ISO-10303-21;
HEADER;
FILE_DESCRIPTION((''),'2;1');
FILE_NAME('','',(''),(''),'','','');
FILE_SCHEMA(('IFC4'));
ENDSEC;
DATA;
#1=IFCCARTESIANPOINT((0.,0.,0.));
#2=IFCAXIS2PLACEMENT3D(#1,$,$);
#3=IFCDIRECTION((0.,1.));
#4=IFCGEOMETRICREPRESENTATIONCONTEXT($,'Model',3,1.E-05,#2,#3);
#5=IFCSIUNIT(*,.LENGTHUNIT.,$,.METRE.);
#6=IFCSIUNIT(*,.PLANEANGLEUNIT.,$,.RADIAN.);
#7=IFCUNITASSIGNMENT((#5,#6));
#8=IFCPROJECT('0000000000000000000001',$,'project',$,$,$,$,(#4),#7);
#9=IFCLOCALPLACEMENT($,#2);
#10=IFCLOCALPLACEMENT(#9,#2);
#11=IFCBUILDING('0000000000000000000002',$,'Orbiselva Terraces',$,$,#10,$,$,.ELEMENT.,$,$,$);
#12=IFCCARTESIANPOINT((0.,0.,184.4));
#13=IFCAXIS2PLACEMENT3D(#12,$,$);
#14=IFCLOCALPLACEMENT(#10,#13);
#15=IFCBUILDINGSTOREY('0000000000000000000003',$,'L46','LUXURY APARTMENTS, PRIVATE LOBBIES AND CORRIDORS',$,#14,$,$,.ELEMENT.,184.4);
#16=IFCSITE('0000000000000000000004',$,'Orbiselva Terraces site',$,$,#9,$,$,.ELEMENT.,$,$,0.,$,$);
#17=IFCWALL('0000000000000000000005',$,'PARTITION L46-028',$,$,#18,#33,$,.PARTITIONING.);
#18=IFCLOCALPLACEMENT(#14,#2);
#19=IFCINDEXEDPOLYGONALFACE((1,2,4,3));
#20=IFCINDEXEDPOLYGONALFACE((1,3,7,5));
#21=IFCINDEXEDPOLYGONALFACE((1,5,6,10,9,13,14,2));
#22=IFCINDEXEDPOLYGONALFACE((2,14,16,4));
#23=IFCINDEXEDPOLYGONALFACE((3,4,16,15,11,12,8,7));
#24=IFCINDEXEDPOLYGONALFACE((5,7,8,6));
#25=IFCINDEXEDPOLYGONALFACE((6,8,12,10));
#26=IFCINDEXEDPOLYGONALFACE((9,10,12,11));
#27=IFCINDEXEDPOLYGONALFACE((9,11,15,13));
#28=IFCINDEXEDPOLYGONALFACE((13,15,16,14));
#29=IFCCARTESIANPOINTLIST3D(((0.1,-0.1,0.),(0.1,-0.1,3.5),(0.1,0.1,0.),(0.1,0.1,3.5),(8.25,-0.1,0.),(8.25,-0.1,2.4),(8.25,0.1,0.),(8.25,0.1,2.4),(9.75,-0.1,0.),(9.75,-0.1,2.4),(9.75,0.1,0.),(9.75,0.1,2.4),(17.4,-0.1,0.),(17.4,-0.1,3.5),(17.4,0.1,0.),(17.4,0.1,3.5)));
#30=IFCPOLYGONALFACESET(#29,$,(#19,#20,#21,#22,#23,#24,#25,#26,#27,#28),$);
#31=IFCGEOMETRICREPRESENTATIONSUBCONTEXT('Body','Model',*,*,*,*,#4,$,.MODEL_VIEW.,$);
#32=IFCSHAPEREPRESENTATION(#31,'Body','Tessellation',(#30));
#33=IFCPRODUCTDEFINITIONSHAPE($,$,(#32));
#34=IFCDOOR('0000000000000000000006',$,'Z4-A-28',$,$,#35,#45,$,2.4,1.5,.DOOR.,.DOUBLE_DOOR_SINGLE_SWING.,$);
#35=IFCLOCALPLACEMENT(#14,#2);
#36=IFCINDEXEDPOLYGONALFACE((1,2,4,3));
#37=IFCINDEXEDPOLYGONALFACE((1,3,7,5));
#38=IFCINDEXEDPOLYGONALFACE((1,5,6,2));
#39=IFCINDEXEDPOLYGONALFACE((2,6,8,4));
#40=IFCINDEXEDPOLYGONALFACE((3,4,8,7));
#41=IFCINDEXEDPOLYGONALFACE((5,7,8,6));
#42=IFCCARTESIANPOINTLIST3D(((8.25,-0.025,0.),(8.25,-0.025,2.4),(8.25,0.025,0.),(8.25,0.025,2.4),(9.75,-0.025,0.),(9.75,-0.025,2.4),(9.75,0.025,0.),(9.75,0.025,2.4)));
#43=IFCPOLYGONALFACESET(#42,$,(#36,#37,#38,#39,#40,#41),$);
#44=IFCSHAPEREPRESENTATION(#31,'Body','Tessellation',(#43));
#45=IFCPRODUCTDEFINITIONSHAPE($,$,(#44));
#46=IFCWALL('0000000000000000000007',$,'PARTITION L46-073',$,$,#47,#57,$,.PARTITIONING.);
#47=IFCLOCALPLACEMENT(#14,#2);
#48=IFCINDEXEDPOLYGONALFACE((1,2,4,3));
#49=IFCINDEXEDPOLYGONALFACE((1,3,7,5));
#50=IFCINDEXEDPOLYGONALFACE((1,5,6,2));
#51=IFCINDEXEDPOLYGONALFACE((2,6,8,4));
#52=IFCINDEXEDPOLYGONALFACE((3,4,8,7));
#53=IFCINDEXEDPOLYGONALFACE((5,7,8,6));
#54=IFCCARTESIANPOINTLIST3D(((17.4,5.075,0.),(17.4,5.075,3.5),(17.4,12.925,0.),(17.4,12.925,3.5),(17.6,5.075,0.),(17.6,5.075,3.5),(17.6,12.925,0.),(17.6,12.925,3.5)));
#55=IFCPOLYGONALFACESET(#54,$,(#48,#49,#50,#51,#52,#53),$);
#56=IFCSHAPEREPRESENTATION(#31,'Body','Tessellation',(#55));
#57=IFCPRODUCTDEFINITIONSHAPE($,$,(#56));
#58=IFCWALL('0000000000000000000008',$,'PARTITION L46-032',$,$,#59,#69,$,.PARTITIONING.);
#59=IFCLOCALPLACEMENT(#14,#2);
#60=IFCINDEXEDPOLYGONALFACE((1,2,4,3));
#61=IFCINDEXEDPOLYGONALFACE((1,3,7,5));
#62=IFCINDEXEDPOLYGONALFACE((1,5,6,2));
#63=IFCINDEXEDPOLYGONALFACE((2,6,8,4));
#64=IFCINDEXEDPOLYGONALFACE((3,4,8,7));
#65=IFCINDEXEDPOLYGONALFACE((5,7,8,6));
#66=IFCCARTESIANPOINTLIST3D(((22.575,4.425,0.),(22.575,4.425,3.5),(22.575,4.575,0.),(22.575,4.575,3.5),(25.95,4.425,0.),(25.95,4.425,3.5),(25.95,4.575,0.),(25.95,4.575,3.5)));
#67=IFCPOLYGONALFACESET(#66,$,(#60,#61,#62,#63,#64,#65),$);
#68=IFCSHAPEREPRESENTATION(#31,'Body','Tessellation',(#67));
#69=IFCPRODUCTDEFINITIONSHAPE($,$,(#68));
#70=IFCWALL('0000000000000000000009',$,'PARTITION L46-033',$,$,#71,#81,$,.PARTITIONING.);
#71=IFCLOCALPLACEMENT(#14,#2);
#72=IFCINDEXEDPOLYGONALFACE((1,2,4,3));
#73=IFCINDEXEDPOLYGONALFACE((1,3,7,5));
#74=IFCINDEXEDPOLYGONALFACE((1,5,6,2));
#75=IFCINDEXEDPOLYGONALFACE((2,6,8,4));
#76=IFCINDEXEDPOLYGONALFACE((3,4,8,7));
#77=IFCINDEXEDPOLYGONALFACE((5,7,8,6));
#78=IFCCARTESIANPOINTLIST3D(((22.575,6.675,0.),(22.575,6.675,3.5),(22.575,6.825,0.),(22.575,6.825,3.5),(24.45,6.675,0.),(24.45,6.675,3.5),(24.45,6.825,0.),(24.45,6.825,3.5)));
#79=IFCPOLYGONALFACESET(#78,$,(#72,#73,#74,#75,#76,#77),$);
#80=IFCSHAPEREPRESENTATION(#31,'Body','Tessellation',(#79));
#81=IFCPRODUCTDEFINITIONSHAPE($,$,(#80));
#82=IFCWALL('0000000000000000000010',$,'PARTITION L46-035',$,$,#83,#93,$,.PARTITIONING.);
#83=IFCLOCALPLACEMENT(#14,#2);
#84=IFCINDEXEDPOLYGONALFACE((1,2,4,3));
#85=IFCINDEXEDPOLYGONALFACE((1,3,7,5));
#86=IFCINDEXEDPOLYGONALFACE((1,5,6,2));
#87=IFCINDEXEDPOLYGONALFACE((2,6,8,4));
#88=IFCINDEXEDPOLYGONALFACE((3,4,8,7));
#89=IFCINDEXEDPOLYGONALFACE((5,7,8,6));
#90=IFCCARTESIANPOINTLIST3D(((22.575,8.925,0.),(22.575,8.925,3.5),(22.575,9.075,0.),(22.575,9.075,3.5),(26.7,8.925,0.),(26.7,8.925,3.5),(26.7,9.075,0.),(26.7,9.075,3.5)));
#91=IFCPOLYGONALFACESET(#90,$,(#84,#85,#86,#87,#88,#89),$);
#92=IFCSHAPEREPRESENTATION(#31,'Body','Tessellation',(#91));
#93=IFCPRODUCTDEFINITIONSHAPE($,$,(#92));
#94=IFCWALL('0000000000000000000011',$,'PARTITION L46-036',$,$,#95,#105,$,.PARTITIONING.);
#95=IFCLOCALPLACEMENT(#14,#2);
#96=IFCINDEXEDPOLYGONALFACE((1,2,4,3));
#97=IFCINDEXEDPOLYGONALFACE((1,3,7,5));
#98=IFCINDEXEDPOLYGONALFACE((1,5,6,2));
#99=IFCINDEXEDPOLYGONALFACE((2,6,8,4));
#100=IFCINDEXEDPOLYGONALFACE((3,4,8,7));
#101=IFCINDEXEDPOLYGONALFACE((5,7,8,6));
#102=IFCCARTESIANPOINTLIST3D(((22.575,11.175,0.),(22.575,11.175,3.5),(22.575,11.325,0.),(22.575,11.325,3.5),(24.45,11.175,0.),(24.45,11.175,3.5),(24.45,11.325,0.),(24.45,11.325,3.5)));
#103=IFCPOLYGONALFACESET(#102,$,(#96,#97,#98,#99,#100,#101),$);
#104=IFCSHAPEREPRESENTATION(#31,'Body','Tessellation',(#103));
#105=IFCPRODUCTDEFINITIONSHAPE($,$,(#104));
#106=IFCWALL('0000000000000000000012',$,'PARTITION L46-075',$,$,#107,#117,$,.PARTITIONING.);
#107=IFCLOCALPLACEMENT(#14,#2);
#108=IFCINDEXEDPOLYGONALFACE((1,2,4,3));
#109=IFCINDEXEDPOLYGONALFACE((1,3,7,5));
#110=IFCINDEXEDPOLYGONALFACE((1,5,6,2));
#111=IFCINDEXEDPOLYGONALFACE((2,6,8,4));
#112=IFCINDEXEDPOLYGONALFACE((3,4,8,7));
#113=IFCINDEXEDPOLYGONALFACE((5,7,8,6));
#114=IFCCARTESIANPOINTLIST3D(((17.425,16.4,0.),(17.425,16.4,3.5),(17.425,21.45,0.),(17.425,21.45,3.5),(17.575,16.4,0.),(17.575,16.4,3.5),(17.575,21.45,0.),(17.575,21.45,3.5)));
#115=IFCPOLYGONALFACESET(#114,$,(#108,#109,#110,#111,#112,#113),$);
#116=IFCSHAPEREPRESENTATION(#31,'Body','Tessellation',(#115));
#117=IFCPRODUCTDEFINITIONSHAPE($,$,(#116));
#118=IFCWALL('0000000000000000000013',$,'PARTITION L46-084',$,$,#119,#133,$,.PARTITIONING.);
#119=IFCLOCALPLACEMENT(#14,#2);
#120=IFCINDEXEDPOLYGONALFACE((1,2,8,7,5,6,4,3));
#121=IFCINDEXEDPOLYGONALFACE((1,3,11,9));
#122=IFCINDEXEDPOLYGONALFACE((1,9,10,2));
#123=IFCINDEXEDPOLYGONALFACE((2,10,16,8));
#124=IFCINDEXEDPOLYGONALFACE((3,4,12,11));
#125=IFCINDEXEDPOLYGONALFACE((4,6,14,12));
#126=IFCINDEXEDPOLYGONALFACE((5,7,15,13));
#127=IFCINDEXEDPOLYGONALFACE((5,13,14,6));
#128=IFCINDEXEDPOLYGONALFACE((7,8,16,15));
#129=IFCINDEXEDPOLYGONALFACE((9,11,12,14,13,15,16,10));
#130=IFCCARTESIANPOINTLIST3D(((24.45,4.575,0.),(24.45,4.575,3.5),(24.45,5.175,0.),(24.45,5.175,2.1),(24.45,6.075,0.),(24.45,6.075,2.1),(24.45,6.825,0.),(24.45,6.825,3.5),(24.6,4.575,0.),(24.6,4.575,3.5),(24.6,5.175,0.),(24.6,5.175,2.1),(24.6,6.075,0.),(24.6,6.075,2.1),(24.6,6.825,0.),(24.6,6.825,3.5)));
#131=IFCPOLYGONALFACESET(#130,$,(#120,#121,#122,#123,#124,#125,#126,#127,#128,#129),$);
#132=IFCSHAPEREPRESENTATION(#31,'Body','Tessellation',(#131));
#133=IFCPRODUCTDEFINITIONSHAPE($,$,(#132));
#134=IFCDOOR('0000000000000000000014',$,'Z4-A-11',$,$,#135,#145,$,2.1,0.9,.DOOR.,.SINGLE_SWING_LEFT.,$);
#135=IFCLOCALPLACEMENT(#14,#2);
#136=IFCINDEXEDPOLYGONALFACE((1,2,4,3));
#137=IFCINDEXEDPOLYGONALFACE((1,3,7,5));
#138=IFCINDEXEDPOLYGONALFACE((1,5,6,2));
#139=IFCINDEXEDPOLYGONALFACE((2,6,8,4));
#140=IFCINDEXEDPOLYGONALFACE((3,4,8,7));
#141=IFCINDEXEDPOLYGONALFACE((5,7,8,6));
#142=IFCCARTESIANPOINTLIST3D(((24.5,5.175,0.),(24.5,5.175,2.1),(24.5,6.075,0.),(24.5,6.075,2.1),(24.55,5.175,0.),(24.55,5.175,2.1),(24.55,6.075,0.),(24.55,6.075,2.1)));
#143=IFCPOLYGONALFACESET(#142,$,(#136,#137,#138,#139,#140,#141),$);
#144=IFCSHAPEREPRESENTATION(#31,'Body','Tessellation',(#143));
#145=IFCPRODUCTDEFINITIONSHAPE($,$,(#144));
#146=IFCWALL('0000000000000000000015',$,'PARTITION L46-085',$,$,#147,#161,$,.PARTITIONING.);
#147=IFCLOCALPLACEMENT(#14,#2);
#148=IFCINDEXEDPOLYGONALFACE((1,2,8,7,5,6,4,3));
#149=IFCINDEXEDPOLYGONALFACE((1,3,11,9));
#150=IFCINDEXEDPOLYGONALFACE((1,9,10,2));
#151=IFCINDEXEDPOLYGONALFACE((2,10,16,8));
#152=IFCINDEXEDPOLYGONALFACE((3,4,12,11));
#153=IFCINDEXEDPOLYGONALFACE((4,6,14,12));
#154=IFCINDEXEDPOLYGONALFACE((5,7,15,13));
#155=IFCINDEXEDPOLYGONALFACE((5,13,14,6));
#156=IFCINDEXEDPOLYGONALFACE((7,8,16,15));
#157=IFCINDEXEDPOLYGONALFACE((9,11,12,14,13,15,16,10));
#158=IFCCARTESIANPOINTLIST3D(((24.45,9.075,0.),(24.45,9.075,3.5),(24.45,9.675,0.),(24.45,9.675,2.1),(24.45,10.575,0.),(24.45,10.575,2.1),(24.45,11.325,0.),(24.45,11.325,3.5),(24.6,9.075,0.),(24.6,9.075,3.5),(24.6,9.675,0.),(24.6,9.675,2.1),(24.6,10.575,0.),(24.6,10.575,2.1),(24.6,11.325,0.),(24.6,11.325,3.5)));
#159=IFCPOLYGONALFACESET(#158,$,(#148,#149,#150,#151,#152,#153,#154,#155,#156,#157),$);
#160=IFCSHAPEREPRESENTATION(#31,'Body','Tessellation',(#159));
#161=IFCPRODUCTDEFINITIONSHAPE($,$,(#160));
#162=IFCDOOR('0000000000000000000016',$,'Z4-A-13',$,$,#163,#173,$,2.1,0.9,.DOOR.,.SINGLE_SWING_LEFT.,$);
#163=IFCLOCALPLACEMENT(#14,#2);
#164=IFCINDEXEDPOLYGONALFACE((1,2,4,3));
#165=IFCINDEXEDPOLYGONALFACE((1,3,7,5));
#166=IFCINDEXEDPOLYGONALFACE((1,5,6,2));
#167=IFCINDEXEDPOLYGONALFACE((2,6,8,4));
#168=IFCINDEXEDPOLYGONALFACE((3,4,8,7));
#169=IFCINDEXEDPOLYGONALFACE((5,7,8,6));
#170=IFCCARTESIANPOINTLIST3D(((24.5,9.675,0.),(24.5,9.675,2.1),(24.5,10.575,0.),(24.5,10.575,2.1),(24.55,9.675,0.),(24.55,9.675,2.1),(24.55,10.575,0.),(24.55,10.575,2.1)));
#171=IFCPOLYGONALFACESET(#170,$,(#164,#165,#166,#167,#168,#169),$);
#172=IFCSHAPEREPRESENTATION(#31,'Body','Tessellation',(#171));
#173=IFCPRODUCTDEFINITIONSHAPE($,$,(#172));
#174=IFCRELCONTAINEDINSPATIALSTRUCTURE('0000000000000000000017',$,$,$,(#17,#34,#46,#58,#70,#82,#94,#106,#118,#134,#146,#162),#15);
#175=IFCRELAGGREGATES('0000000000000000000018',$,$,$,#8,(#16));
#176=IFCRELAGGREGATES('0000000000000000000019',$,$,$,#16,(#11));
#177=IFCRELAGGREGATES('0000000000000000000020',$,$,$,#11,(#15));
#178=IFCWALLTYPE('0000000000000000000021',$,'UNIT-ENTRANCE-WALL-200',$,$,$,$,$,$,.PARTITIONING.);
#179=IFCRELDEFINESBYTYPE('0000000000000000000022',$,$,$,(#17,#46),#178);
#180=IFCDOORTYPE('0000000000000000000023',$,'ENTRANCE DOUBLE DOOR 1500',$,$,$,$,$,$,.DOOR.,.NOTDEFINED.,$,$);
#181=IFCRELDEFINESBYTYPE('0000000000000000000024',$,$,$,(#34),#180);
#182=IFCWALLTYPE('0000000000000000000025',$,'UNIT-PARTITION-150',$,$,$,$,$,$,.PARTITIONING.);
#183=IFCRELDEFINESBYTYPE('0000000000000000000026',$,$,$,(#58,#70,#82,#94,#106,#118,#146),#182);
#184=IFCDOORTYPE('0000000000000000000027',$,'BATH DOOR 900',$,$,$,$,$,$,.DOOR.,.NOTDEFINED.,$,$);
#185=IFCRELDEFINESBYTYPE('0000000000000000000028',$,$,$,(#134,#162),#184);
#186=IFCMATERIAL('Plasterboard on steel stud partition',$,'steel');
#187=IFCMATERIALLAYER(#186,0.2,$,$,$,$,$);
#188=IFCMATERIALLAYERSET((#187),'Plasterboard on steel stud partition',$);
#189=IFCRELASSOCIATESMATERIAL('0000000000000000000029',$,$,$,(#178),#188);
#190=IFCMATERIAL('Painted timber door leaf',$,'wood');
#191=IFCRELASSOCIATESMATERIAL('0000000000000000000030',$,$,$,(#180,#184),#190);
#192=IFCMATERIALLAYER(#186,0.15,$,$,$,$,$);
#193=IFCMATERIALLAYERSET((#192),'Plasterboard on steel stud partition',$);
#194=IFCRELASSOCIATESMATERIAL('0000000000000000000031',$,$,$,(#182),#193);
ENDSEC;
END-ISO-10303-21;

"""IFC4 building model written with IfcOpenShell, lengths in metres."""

from ifc_helpers import new_model, si_unit, direction, frame, frame_2d, origin, place, context, subcontext, project, spatial, rectangle, extrude, material, layer, layer_set, type_object, element, fill, save


model = new_model("IFC4")

# Units and contexts
model_context = context("Model", 3, precision=1e-05, world=origin(), true_north=direction((0.0, 1.0)))
body_context = subcontext(model_context, "Body", "Model", "MODEL_VIEW")
ifc_project = project(units=[si_unit("LENGTHUNIT", "METRE"), si_unit("PLANEANGLEUNIT", "RADIAN")], contexts=[model_context])

# Site, building, storey
site_placement = place(None, origin())
site = spatial("IfcSite", under=ifc_project, at=site_placement, Name="Orbiselva Terraces site", CompositionType="ELEMENT", RefElevation=0.0)
building_placement = place(site_placement, origin())
building = spatial("IfcBuilding", under=site, at=building_placement, Name="Orbiselva Terraces", CompositionType="ELEMENT")
storey_placement = place(building_placement, frame((0.0, 0.0, 184.4)))
storey = spatial("IfcBuildingStorey", under=building, at=storey_placement, Name="L46", Description="LUXURY APARTMENTS, PRIVATE LOBBIES AND CORRIDORS", CompositionType="ELEMENT", Elevation=184.4)

# Wall, opening, door
ifc_material_1 = material(Name="Plasterboard on steel stud partition", Category="steel")
ifc_layer_1 = layer(ifc_material_1, 0.2)
ifc_layer_set_1 = layer_set([ifc_layer_1], Name="Plasterboard on steel stud partition")
wall_type_1 = type_object("IfcWallType", Name="UNIT-ENTRANCE-WALL-200", PredefinedType="PARTITIONING", material=ifc_layer_set_1)
wall_1_placement = place(storey_placement, frame((17.4, 0.0, 0.0), z_axis=(0.0, 0.0, 1.0), x_axis=(-1.0, 0.0, 0.0)))
wall_1 = element("IfcWall", 1, at=wall_1_placement, inside=storey, type_object=wall_type_1, Name="PARTITION L46-028", PredefinedType="PARTITIONING", context=body_context, shape_type="SweptSolid", body=[
    extrude(rectangle(XDim=17.3, YDim=0.2, at=frame_2d((8.65, 0.0))), origin(), (0.0, 0.0, 1.0), 3.5),
])
opening_1_placement = place(wall_1_placement, frame((7.65, 0.0, 0.0)))
opening_1 = element("IfcOpeningElement", 2, at=opening_1_placement, cuts=wall_1, PredefinedType="OPENING", context=body_context, shape_type="SweptSolid", body=[
    extrude(rectangle(XDim=1.5, YDim=2.4, at=frame_2d((0.75, 1.2))), frame((0.0, 0.11, 0.0), z_axis=(0.0, -1.0, 0.0), x_axis=(1.0, 0.0, 0.0)), (0.0, 0.0, 1.0), 0.22),
])
ifc_material_2 = material(Name="Painted timber door leaf", Category="wood")
door_type_1 = type_object("IfcDoorType", Name="ENTRANCE DOUBLE DOOR 1500", OperationType="NOTDEFINED", PredefinedType="DOOR", material=ifc_material_2)
door_1_placement = place(opening_1_placement, origin())
door_1 = element("IfcDoor", 3, at=door_1_placement, inside=storey, type_object=door_type_1, Name="Z4-A-28", OperationType="DOUBLE_DOOR_SINGLE_SWING", OverallHeight=2.4, OverallWidth=1.5, PredefinedType="DOOR", context=body_context, shape_type="SweptSolid", body=[
    extrude(rectangle(XDim=1.5, YDim=2.4, at=frame_2d((0.75, 1.2))), frame((0.0, 0.025, 0.0), z_axis=(0.0, -1.0, 0.0), x_axis=(1.0, 0.0, 0.0)), (0.0, 0.0, 1.0), 0.05),
])
fill(opening_1, door_1)

# Walls
wall_2_placement = place(storey_placement, frame((17.5, 5.075, 0.0), z_axis=(0.0, 0.0, 1.0), x_axis=(0.0, 1.0, 0.0)))
element("IfcWall", 4, at=wall_2_placement, inside=storey, type_object=wall_type_1, Name="PARTITION L46-073", PredefinedType="PARTITIONING", context=body_context, shape_type="SweptSolid", body=[
    extrude(rectangle(XDim=7.85, YDim=0.2, at=frame_2d((3.925, 0.0))), origin(), (0.0, 0.0, 1.0), 3.5),
])
ifc_layer_2 = layer(ifc_material_1, 0.15)
ifc_layer_set_2 = layer_set([ifc_layer_2], Name="Plasterboard on steel stud partition")
wall_type_2 = type_object("IfcWallType", Name="UNIT-PARTITION-150", PredefinedType="PARTITIONING", material=ifc_layer_set_2)
wall_3_placement = place(storey_placement, frame((22.575, 4.5, 0.0), z_axis=(0.0, 0.0, 1.0), x_axis=(1.0, 0.0, 0.0)))
element("IfcWall", 5, at=wall_3_placement, inside=storey, type_object=wall_type_2, Name="PARTITION L46-032", PredefinedType="PARTITIONING", context=body_context, shape_type="SweptSolid", body=[
    extrude(rectangle(XDim=3.375, YDim=0.15, at=frame_2d((1.6875, 0.0))), origin(), (0.0, 0.0, 1.0), 3.5),
])
wall_4_placement = place(storey_placement, frame((22.575, 6.75, 0.0), z_axis=(0.0, 0.0, 1.0), x_axis=(1.0, 0.0, 0.0)))
element("IfcWall", 6, at=wall_4_placement, inside=storey, type_object=wall_type_2, Name="PARTITION L46-033", PredefinedType="PARTITIONING", context=body_context, shape_type="SweptSolid", body=[
    extrude(rectangle(XDim=1.875, YDim=0.15, at=frame_2d((0.9375, 0.0))), origin(), (0.0, 0.0, 1.0), 3.5),
])
wall_5_placement = place(storey_placement, frame((22.575, 9.0, 0.0), z_axis=(0.0, 0.0, 1.0), x_axis=(1.0, 0.0, 0.0)))
element("IfcWall", 7, at=wall_5_placement, inside=storey, type_object=wall_type_2, Name="PARTITION L46-035", PredefinedType="PARTITIONING", context=body_context, shape_type="SweptSolid", body=[
    extrude(rectangle(XDim=4.125, YDim=0.15, at=frame_2d((2.0625, 0.0))), origin(), (0.0, 0.0, 1.0), 3.5),
])
wall_6_placement = place(storey_placement, frame((22.575, 11.25, 0.0), z_axis=(0.0, 0.0, 1.0), x_axis=(1.0, 0.0, 0.0)))
element("IfcWall", 8, at=wall_6_placement, inside=storey, type_object=wall_type_2, Name="PARTITION L46-036", PredefinedType="PARTITIONING", context=body_context, shape_type="SweptSolid", body=[
    extrude(rectangle(XDim=1.875, YDim=0.15, at=frame_2d((0.9375, 0.0))), origin(), (0.0, 0.0, 1.0), 3.5),
])
wall_7_placement = place(storey_placement, frame((17.5, 16.4, 0.0), z_axis=(0.0, 0.0, 1.0), x_axis=(0.0, 1.0, 0.0)))
element("IfcWall", 9, at=wall_7_placement, inside=storey, type_object=wall_type_2, Name="PARTITION L46-075", PredefinedType="PARTITIONING", context=body_context, shape_type="SweptSolid", body=[
    extrude(rectangle(XDim=5.05, YDim=0.15, at=frame_2d((2.525, 0.0))), origin(), (0.0, 0.0, 1.0), 3.5),
])

# Walls, openings, doors
wall_8_placement = place(storey_placement, frame((24.525, 4.575, 0.0), z_axis=(0.0, 0.0, 1.0), x_axis=(0.0, 1.0, 0.0)))
wall_8 = element("IfcWall", 10, at=wall_8_placement, inside=storey, type_object=wall_type_2, Name="PARTITION L46-084", PredefinedType="PARTITIONING", context=body_context, shape_type="SweptSolid", body=[
    extrude(rectangle(XDim=2.25, YDim=0.15, at=frame_2d((1.125, 0.0))), origin(), (0.0, 0.0, 1.0), 3.5),
])
opening_2_placement = place(wall_8_placement, frame((0.6, 0.0, 0.0)))
opening_2 = element("IfcOpeningElement", 11, at=opening_2_placement, cuts=wall_8, PredefinedType="OPENING", context=body_context, shape_type="SweptSolid", body=[
    extrude(rectangle(XDim=0.9, YDim=2.1, at=frame_2d((0.45, 1.05))), frame((0.0, 0.085, 0.0), z_axis=(0.0, -1.0, 0.0), x_axis=(1.0, 0.0, 0.0)), (0.0, 0.0, 1.0), 0.17),
])
door_type_2 = type_object("IfcDoorType", Name="BATH DOOR 900", OperationType="NOTDEFINED", PredefinedType="DOOR", material=ifc_material_2)
door_2_placement = place(opening_2_placement, origin())
door_2 = element("IfcDoor", 12, at=door_2_placement, inside=storey, type_object=door_type_2, Name="Z4-A-11", OperationType="SINGLE_SWING_LEFT", OverallHeight=2.1, OverallWidth=0.9, PredefinedType="DOOR", context=body_context, shape_type="SweptSolid", body=[
    extrude(rectangle(XDim=0.9, YDim=2.1, at=frame_2d((0.45, 1.05))), frame((0.0, 0.025, 0.0), z_axis=(0.0, -1.0, 0.0), x_axis=(1.0, 0.0, 0.0)), (0.0, 0.0, 1.0), 0.05),
])
fill(opening_2, door_2)
wall_9_placement = place(storey_placement, frame((24.525, 9.075, 0.0), z_axis=(0.0, 0.0, 1.0), x_axis=(0.0, 1.0, 0.0)))
wall_9 = element("IfcWall", 13, at=wall_9_placement, inside=storey, type_object=wall_type_2, Name="PARTITION L46-085", PredefinedType="PARTITIONING", context=body_context, shape_type="SweptSolid", body=[
    extrude(rectangle(XDim=2.25, YDim=0.15, at=frame_2d((1.125, 0.0))), origin(), (0.0, 0.0, 1.0), 3.5),
])
opening_3_placement = place(wall_9_placement, frame((0.6, 0.0, 0.0)))
opening_3 = element("IfcOpeningElement", 14, at=opening_3_placement, cuts=wall_9, PredefinedType="OPENING", context=body_context, shape_type="SweptSolid", body=[
    extrude(rectangle(XDim=0.9, YDim=2.1, at=frame_2d((0.45, 1.05))), frame((0.0, 0.085, 0.0), z_axis=(0.0, -1.0, 0.0), x_axis=(1.0, 0.0, 0.0)), (0.0, 0.0, 1.0), 0.17),
])
door_3_placement = place(opening_3_placement, origin())
door_3 = element("IfcDoor", 15, at=door_3_placement, inside=storey, type_object=door_type_2, Name="Z4-A-13", OperationType="SINGLE_SWING_LEFT", OverallHeight=2.1, OverallWidth=0.9, PredefinedType="DOOR", context=body_context, shape_type="SweptSolid", body=[
    extrude(rectangle(XDim=0.9, YDim=2.1, at=frame_2d((0.45, 1.05))), frame((0.0, 0.025, 0.0), z_axis=(0.0, -1.0, 0.0), x_axis=(1.0, 0.0, 0.0)), (0.0, 0.0, 1.0), 0.05),
])
fill(opening_3, door_3)

save(model, "model.ifc")
